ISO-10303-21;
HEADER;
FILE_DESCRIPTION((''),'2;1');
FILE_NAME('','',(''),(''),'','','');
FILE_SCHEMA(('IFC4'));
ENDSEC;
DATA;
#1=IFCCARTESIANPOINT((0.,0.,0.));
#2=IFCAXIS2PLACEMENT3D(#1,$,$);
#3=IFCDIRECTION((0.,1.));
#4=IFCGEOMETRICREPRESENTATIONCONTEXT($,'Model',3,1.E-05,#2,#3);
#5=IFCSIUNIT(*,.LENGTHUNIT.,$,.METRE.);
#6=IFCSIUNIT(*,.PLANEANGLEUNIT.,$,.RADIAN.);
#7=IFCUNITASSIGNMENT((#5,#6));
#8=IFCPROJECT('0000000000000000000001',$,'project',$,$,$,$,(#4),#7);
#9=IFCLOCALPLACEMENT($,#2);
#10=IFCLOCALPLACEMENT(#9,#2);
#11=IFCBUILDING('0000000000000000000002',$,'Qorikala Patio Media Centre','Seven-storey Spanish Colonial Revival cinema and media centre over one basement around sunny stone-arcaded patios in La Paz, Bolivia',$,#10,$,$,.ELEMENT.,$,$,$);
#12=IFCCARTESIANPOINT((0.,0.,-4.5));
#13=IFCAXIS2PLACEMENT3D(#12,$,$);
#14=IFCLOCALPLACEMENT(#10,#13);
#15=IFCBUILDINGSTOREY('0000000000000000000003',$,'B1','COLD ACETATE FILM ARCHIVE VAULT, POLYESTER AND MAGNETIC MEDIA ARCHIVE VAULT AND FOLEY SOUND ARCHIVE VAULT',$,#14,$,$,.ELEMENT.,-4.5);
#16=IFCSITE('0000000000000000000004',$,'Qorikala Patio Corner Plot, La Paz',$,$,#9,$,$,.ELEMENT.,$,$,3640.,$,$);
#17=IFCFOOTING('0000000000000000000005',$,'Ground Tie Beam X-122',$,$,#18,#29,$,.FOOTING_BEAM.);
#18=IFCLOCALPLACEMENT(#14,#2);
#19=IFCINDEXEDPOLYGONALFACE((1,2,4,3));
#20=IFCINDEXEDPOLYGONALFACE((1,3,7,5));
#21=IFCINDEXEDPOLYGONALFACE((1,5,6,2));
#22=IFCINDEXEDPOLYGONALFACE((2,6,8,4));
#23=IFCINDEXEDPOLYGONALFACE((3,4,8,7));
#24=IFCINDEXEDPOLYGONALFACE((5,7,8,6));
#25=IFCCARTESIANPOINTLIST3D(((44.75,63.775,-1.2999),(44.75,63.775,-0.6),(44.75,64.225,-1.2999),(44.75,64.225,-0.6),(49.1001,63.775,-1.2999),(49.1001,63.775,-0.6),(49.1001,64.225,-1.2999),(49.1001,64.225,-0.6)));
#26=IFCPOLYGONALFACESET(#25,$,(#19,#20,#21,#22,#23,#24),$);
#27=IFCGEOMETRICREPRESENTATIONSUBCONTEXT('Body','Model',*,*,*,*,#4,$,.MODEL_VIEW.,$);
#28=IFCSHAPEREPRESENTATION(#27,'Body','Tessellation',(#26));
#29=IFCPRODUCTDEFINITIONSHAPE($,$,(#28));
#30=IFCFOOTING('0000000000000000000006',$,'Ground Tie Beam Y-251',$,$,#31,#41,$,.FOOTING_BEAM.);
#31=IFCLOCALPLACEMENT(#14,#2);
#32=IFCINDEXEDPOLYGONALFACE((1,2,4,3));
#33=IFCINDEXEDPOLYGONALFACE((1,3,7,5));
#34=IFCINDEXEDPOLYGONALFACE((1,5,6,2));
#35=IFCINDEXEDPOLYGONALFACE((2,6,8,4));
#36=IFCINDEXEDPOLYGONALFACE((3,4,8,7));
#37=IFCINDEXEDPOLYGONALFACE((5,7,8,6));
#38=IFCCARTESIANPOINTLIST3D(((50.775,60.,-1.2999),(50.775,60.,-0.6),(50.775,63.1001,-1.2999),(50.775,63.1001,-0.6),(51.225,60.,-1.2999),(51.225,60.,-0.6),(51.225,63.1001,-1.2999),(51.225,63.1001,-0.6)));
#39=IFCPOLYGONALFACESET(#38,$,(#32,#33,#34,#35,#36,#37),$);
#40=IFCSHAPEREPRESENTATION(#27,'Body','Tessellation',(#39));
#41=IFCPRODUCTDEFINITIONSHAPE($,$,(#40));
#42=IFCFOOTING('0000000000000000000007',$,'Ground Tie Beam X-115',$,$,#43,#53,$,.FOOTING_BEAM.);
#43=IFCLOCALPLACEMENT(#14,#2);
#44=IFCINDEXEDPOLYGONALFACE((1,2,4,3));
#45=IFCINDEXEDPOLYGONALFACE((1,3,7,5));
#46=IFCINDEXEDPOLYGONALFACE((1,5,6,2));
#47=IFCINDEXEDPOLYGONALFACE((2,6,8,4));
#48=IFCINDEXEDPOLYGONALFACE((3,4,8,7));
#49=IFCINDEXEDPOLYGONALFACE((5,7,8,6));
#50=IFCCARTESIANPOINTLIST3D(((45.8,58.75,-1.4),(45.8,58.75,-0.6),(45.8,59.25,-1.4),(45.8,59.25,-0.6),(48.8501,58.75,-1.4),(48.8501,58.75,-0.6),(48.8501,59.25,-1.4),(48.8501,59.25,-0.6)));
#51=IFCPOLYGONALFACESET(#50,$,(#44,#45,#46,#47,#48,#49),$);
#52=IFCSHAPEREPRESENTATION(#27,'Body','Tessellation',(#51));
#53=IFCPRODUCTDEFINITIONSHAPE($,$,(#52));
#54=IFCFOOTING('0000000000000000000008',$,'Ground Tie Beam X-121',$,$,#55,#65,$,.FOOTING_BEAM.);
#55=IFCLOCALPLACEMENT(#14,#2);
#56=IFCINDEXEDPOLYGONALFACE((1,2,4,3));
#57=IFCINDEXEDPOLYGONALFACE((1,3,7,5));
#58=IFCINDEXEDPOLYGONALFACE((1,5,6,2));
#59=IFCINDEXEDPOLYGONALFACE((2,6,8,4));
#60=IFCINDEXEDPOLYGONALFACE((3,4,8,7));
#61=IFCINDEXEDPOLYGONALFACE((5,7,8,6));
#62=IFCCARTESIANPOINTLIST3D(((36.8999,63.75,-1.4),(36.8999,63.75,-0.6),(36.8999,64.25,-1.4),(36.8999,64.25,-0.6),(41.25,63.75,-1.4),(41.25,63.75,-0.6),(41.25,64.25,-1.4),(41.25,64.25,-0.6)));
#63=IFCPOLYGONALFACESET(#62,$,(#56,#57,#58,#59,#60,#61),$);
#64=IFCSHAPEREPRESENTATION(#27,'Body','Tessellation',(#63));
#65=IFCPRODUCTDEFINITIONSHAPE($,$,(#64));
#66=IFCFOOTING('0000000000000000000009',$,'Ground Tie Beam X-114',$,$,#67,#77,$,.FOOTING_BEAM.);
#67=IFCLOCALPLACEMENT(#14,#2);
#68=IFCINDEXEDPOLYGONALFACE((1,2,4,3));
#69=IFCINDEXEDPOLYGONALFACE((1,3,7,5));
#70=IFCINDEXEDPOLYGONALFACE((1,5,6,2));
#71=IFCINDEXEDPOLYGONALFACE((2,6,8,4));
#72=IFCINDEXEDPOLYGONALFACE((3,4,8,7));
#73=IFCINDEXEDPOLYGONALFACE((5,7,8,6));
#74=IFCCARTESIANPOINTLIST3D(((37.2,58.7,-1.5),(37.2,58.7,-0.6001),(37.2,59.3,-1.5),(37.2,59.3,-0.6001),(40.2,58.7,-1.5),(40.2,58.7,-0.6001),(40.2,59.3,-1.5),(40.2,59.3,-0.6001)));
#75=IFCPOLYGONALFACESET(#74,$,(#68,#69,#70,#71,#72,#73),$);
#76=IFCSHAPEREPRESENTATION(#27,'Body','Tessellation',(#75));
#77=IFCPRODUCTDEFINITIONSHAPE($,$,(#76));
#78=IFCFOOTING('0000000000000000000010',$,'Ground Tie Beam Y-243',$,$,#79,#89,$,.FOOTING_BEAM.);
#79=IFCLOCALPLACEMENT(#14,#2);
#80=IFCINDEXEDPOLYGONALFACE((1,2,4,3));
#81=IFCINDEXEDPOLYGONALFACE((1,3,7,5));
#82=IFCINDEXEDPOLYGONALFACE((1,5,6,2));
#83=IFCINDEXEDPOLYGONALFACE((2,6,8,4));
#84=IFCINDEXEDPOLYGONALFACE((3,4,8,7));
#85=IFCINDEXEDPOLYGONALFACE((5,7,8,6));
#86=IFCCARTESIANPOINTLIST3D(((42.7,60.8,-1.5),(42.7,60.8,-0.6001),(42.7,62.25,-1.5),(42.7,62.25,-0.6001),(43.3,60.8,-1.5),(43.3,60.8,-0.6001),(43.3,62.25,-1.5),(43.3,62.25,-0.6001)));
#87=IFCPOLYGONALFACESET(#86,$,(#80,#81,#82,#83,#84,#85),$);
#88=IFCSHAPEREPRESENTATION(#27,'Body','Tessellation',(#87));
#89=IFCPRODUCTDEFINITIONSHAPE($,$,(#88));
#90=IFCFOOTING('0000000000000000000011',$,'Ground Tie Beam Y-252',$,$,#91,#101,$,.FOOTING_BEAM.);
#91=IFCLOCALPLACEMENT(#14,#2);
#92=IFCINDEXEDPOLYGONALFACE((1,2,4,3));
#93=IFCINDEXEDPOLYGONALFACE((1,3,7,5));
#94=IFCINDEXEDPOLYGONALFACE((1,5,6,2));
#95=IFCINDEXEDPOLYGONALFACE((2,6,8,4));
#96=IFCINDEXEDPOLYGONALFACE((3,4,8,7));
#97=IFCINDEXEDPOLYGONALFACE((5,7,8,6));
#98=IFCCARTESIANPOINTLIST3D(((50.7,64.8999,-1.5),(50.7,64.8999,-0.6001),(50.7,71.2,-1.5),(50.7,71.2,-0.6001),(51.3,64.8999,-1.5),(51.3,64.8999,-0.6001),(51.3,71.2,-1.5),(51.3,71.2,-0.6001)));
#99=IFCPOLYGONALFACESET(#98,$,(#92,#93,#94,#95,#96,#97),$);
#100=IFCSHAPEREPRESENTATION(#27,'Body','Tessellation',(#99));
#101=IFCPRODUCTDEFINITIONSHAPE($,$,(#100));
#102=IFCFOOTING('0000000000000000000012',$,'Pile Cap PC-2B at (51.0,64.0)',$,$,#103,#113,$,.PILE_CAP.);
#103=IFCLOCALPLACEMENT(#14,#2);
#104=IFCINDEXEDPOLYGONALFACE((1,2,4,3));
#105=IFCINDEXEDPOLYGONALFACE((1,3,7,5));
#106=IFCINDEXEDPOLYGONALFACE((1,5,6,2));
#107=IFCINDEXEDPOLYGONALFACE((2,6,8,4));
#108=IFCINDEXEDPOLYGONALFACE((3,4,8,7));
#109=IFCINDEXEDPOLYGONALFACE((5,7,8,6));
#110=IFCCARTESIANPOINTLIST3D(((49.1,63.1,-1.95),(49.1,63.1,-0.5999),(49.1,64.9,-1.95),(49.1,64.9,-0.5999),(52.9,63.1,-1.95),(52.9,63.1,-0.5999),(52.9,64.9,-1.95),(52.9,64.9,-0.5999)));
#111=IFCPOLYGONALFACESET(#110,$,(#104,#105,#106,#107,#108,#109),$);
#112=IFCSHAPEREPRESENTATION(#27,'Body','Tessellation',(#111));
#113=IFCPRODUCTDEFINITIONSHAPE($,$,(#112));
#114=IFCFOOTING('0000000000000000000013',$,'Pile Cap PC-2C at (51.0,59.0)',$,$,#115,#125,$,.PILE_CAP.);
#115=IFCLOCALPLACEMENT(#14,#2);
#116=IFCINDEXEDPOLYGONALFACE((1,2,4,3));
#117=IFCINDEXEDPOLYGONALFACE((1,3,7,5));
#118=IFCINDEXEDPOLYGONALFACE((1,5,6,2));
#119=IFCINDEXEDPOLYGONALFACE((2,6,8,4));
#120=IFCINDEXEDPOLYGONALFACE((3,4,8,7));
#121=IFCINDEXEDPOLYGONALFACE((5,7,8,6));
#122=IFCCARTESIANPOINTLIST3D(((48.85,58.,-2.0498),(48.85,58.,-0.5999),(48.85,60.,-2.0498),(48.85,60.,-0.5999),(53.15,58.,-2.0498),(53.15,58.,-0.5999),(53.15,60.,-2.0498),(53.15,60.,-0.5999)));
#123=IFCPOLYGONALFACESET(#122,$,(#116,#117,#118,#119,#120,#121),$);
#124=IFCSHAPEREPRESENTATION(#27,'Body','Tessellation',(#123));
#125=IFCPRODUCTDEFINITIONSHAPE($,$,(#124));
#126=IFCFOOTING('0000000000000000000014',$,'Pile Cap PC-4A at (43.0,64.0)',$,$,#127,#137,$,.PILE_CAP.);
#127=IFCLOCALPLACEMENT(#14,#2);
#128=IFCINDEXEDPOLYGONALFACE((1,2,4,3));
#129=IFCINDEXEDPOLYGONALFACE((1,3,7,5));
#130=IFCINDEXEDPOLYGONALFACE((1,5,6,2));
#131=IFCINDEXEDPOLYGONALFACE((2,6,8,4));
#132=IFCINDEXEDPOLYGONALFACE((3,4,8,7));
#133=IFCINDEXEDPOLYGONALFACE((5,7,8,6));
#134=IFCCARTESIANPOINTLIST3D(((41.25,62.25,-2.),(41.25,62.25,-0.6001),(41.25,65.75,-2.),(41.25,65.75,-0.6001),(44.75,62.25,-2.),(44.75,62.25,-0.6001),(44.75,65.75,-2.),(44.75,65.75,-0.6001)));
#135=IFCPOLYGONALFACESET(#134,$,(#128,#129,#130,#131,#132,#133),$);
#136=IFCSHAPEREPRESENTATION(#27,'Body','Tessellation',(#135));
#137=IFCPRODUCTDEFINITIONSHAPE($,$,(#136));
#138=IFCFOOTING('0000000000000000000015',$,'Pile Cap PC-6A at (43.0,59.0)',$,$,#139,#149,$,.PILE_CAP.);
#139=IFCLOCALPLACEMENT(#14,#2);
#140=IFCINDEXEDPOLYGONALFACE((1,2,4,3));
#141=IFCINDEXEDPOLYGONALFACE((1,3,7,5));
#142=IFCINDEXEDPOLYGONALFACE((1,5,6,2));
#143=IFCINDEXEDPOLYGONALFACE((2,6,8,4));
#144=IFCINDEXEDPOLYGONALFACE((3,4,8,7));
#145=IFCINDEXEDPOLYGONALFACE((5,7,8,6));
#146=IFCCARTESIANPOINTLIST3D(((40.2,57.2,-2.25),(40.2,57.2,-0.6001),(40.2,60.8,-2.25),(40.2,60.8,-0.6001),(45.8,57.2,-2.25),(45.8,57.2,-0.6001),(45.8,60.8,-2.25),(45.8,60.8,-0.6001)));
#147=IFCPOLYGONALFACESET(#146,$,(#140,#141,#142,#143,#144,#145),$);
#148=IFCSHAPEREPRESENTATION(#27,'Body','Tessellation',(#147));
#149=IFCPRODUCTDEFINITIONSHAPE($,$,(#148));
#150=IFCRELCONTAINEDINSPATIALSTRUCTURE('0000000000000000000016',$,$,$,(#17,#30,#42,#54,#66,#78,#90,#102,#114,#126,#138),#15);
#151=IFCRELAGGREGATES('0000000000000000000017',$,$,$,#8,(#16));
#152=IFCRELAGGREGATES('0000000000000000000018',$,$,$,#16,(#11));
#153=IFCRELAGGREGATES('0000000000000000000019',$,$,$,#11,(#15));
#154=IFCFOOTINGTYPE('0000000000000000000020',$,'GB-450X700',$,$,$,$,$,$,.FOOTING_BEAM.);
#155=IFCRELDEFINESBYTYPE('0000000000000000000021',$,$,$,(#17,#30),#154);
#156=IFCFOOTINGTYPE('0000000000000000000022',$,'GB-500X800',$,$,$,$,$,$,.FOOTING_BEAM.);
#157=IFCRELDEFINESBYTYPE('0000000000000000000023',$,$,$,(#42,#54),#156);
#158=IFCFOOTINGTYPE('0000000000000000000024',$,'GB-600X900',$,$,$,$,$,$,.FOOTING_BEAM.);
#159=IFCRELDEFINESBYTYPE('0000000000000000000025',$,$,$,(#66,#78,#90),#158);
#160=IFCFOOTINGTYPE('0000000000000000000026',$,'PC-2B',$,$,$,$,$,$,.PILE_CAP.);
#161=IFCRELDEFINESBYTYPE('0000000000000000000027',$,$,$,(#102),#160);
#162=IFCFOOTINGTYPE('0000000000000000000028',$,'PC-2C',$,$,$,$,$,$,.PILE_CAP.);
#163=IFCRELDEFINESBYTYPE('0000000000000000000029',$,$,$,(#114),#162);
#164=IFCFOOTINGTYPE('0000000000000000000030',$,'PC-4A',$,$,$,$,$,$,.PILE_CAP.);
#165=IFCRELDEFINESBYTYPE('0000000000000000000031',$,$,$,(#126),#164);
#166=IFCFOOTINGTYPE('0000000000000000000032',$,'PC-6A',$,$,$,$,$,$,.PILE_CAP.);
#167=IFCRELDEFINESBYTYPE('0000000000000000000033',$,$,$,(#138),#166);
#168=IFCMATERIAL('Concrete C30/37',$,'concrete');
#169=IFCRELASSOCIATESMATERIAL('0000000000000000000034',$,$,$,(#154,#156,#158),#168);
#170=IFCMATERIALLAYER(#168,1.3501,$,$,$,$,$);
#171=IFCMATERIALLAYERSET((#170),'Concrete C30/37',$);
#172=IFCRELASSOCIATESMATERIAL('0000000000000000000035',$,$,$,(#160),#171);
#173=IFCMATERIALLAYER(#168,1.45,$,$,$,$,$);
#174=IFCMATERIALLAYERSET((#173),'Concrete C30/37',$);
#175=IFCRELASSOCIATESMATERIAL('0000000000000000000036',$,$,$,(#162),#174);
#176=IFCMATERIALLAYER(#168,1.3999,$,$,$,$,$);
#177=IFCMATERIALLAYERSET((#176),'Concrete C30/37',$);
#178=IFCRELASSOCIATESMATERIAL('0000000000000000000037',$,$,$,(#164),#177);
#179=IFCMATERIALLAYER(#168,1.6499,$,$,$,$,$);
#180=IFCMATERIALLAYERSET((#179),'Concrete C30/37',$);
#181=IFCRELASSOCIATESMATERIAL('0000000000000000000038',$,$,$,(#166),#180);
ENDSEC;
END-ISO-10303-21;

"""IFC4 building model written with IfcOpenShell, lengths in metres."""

from ifc_helpers import new_model, si_unit, direction, frame, origin, origin_2d, place, context, subcontext, project, spatial, rectangle, extrude, material, layer, layer_set, material_profile, profile_set, type_object, element, save


model = new_model("IFC4")

# Units and contexts
model_context = context("Model", 3, precision=1e-05, world=origin(), true_north=direction((0.0, 1.0)))
body_context = subcontext(model_context, "Body", "Model", "MODEL_VIEW")
ifc_project = project(units=[si_unit("LENGTHUNIT", "METRE"), si_unit("PLANEANGLEUNIT", "RADIAN")], contexts=[model_context])

# Site, building, storey
site_placement = place(None, origin())
site = spatial("IfcSite", under=ifc_project, at=site_placement, Name="Qorikala Patio Corner Plot, La Paz", CompositionType="ELEMENT", RefElevation=3640.0)
building_placement = place(site_placement, origin())
building = spatial("IfcBuilding", under=site, at=building_placement, Name="Qorikala Patio Media Centre", Description="Seven-storey Spanish Colonial Revival cinema and media centre over one basement around sunny stone-arcaded patios in La Paz, Bolivia", CompositionType="ELEMENT")
storey_placement = place(building_placement, frame((0.0, 0.0, -4.5)))
storey = spatial("IfcBuildingStorey", under=building, at=storey_placement, Name="B1", Description="COLD ACETATE FILM ARCHIVE VAULT, POLYESTER AND MAGNETIC MEDIA ARCHIVE VAULT AND FOLEY SOUND ARCHIVE VAULT", CompositionType="ELEMENT", Elevation=-4.5)

# Footings
ifc_material_1 = material(Name="Concrete C30/37", Category="concrete")
ifc_material_profile_1 = material_profile(ifc_material_1, rectangle(XDim=0.45, YDim=0.7, at=origin_2d()), Name="RC 450x700")
ifc_profile_set_1 = profile_set([ifc_material_profile_1], Name="Concrete C30/37")
footing_type_1 = type_object("IfcFootingType", Name="GB-450X700", PredefinedType="FOOTING_BEAM", material=ifc_profile_set_1)
footing_1_placement = place(storey_placement, frame((44.75, 64.0, -0.95), z_axis=(1.0, 0.0, 0.0), x_axis=(0.0, 1.0, 0.0)))
element("IfcFooting", 1, at=footing_1_placement, inside=storey, type_object=footing_type_1, Name="Ground Tie Beam X-122", PredefinedType="FOOTING_BEAM", context=body_context, shape_type="SweptSolid", body=[
    extrude(rectangle(XDim=0.45, YDim=0.7, at=origin_2d()), origin(), (0.0, 0.0, 1.0), 4.3501),
])
footing_2_placement = place(storey_placement, frame((51.0, 60.0, -0.95), z_axis=(0.0, 1.0, 0.0), x_axis=(-1.0, 0.0, 0.0)))
element("IfcFooting", 2, at=footing_2_placement, inside=storey, type_object=footing_type_1, Name="Ground Tie Beam Y-251", PredefinedType="FOOTING_BEAM", context=body_context, shape_type="SweptSolid", body=[
    extrude(rectangle(XDim=0.45, YDim=0.7, at=origin_2d()), origin(), (0.0, 0.0, 1.0), 3.1001),
])
ifc_material_profile_2 = material_profile(ifc_material_1, rectangle(XDim=0.5, YDim=0.8, at=origin_2d()), Name="RC 500x800")
ifc_profile_set_2 = profile_set([ifc_material_profile_2], Name="Concrete C30/37")
footing_type_2 = type_object("IfcFootingType", Name="GB-500X800", PredefinedType="FOOTING_BEAM", material=ifc_profile_set_2)
footing_3_placement = place(storey_placement, frame((45.8, 59.0, -1.0), z_axis=(1.0, 0.0, 0.0), x_axis=(0.0, 1.0, 0.0)))
element("IfcFooting", 3, at=footing_3_placement, inside=storey, type_object=footing_type_2, Name="Ground Tie Beam X-115", PredefinedType="FOOTING_BEAM", context=body_context, shape_type="SweptSolid", body=[
    extrude(rectangle(XDim=0.5, YDim=0.8, at=origin_2d()), origin(), (0.0, 0.0, 1.0), 3.05),
])
footing_4_placement = place(storey_placement, frame((36.8999, 64.0, -1.0), z_axis=(1.0, 0.0, 0.0), x_axis=(0.0, 1.0, 0.0)))
element("IfcFooting", 4, at=footing_4_placement, inside=storey, type_object=footing_type_2, Name="Ground Tie Beam X-121", PredefinedType="FOOTING_BEAM", context=body_context, shape_type="SweptSolid", body=[
    extrude(rectangle(XDim=0.5, YDim=0.8, at=origin_2d()), origin(), (0.0, 0.0, 1.0), 4.3501),
])
ifc_material_profile_3 = material_profile(ifc_material_1, rectangle(XDim=0.6001, YDim=0.8999, at=origin_2d()), Name="RC 600x900")
ifc_profile_set_3 = profile_set([ifc_material_profile_3], Name="Concrete C30/37")
footing_type_3 = type_object("IfcFootingType", Name="GB-600X900", PredefinedType="FOOTING_BEAM", material=ifc_profile_set_3)
footing_5_placement = place(storey_placement, frame((37.2, 59.0, -1.05), z_axis=(1.0, 0.0, 0.0), x_axis=(0.0, 1.0, 0.0)))
element("IfcFooting", 5, at=footing_5_placement, inside=storey, type_object=footing_type_3, Name="Ground Tie Beam X-114", PredefinedType="FOOTING_BEAM", context=body_context, shape_type="SweptSolid", body=[
    extrude(rectangle(XDim=0.6001, YDim=0.8999, at=origin_2d()), origin(), (0.0, 0.0, 1.0), 3.0),
])
footing_6_placement = place(storey_placement, frame((43.0, 60.8, -1.05), z_axis=(0.0, 1.0, 0.0), x_axis=(-1.0, 0.0, 0.0)))
element("IfcFooting", 6, at=footing_6_placement, inside=storey, type_object=footing_type_3, Name="Ground Tie Beam Y-243", PredefinedType="FOOTING_BEAM", context=body_context, shape_type="SweptSolid", body=[
    extrude(rectangle(XDim=0.6001, YDim=0.8999, at=origin_2d()), origin(), (0.0, 0.0, 1.0), 1.45),
])
footing_7_placement = place(storey_placement, frame((51.0, 64.8999, -1.05), z_axis=(0.0, 1.0, 0.0), x_axis=(-1.0, 0.0, 0.0)))
element("IfcFooting", 7, at=footing_7_placement, inside=storey, type_object=footing_type_3, Name="Ground Tie Beam Y-252", PredefinedType="FOOTING_BEAM", context=body_context, shape_type="SweptSolid", body=[
    extrude(rectangle(XDim=0.6001, YDim=0.8999, at=origin_2d()), origin(), (0.0, 0.0, 1.0), 6.3),
])
ifc_layer_1 = layer(ifc_material_1, 1.3501)
ifc_layer_set_1 = layer_set([ifc_layer_1], Name="Concrete C30/37")
footing_type_4 = type_object("IfcFootingType", Name="PC-2B", PredefinedType="PILE_CAP", material=ifc_layer_set_1)
footing_8_placement = place(storey_placement, frame((51.0, 64.0, -1.95), z_axis=(0.0, 0.0, 1.0), x_axis=(1.0, 0.0, 0.0)))
element("IfcFooting", 8, at=footing_8_placement, inside=storey, type_object=footing_type_4, Name="Pile Cap PC-2B at (51.0,64.0)", PredefinedType="PILE_CAP", context=body_context, shape_type="SweptSolid", body=[
    extrude(rectangle(XDim=3.8, YDim=1.8, at=origin_2d()), origin(), (0.0, 0.0, 1.0), 1.3501),
])
ifc_layer_2 = layer(ifc_material_1, 1.45)
ifc_layer_set_2 = layer_set([ifc_layer_2], Name="Concrete C30/37")
footing_type_5 = type_object("IfcFootingType", Name="PC-2C", PredefinedType="PILE_CAP", material=ifc_layer_set_2)
footing_9_placement = place(storey_placement, frame((51.0, 59.0, -2.0498), z_axis=(0.0, 0.0, 1.0), x_axis=(1.0, 0.0, 0.0)))
element("IfcFooting", 9, at=footing_9_placement, inside=storey, type_object=footing_type_5, Name="Pile Cap PC-2C at (51.0,59.0)", PredefinedType="PILE_CAP", context=body_context, shape_type="SweptSolid", body=[
    extrude(rectangle(XDim=4.3, YDim=2.0, at=origin_2d()), origin(), (0.0, 0.0, 1.0), 1.45),
])
ifc_layer_3 = layer(ifc_material_1, 1.3999)
ifc_layer_set_3 = layer_set([ifc_layer_3], Name="Concrete C30/37")
footing_type_6 = type_object("IfcFootingType", Name="PC-4A", PredefinedType="PILE_CAP", material=ifc_layer_set_3)
footing_10_placement = place(storey_placement, frame((43.0, 64.0, -2.0), z_axis=(0.0, 0.0, 1.0), x_axis=(1.0, 0.0, 0.0)))
element("IfcFooting", 10, at=footing_10_placement, inside=storey, type_object=footing_type_6, Name="Pile Cap PC-4A at (43.0,64.0)", PredefinedType="PILE_CAP", context=body_context, shape_type="SweptSolid", body=[
    extrude(rectangle(XDim=3.5, YDim=3.5, at=origin_2d()), origin(), (0.0, 0.0, 1.0), 1.3999),
])
ifc_layer_4 = layer(ifc_material_1, 1.6499)
ifc_layer_set_4 = layer_set([ifc_layer_4], Name="Concrete C30/37")
footing_type_7 = type_object("IfcFootingType", Name="PC-6A", PredefinedType="PILE_CAP", material=ifc_layer_set_4)
footing_11_placement = place(storey_placement, frame((43.0, 59.0, -2.25), z_axis=(0.0, 0.0, 1.0), x_axis=(1.0, 0.0, 0.0)))
element("IfcFooting", 11, at=footing_11_placement, inside=storey, type_object=footing_type_7, Name="Pile Cap PC-6A at (43.0,59.0)", PredefinedType="PILE_CAP", context=body_context, shape_type="SweptSolid", body=[
    extrude(rectangle(XDim=5.6001, YDim=3.6001, at=origin_2d()), origin(), (0.0, 0.0, 1.0), 1.6499),
])

save(model, "model.ifc")
